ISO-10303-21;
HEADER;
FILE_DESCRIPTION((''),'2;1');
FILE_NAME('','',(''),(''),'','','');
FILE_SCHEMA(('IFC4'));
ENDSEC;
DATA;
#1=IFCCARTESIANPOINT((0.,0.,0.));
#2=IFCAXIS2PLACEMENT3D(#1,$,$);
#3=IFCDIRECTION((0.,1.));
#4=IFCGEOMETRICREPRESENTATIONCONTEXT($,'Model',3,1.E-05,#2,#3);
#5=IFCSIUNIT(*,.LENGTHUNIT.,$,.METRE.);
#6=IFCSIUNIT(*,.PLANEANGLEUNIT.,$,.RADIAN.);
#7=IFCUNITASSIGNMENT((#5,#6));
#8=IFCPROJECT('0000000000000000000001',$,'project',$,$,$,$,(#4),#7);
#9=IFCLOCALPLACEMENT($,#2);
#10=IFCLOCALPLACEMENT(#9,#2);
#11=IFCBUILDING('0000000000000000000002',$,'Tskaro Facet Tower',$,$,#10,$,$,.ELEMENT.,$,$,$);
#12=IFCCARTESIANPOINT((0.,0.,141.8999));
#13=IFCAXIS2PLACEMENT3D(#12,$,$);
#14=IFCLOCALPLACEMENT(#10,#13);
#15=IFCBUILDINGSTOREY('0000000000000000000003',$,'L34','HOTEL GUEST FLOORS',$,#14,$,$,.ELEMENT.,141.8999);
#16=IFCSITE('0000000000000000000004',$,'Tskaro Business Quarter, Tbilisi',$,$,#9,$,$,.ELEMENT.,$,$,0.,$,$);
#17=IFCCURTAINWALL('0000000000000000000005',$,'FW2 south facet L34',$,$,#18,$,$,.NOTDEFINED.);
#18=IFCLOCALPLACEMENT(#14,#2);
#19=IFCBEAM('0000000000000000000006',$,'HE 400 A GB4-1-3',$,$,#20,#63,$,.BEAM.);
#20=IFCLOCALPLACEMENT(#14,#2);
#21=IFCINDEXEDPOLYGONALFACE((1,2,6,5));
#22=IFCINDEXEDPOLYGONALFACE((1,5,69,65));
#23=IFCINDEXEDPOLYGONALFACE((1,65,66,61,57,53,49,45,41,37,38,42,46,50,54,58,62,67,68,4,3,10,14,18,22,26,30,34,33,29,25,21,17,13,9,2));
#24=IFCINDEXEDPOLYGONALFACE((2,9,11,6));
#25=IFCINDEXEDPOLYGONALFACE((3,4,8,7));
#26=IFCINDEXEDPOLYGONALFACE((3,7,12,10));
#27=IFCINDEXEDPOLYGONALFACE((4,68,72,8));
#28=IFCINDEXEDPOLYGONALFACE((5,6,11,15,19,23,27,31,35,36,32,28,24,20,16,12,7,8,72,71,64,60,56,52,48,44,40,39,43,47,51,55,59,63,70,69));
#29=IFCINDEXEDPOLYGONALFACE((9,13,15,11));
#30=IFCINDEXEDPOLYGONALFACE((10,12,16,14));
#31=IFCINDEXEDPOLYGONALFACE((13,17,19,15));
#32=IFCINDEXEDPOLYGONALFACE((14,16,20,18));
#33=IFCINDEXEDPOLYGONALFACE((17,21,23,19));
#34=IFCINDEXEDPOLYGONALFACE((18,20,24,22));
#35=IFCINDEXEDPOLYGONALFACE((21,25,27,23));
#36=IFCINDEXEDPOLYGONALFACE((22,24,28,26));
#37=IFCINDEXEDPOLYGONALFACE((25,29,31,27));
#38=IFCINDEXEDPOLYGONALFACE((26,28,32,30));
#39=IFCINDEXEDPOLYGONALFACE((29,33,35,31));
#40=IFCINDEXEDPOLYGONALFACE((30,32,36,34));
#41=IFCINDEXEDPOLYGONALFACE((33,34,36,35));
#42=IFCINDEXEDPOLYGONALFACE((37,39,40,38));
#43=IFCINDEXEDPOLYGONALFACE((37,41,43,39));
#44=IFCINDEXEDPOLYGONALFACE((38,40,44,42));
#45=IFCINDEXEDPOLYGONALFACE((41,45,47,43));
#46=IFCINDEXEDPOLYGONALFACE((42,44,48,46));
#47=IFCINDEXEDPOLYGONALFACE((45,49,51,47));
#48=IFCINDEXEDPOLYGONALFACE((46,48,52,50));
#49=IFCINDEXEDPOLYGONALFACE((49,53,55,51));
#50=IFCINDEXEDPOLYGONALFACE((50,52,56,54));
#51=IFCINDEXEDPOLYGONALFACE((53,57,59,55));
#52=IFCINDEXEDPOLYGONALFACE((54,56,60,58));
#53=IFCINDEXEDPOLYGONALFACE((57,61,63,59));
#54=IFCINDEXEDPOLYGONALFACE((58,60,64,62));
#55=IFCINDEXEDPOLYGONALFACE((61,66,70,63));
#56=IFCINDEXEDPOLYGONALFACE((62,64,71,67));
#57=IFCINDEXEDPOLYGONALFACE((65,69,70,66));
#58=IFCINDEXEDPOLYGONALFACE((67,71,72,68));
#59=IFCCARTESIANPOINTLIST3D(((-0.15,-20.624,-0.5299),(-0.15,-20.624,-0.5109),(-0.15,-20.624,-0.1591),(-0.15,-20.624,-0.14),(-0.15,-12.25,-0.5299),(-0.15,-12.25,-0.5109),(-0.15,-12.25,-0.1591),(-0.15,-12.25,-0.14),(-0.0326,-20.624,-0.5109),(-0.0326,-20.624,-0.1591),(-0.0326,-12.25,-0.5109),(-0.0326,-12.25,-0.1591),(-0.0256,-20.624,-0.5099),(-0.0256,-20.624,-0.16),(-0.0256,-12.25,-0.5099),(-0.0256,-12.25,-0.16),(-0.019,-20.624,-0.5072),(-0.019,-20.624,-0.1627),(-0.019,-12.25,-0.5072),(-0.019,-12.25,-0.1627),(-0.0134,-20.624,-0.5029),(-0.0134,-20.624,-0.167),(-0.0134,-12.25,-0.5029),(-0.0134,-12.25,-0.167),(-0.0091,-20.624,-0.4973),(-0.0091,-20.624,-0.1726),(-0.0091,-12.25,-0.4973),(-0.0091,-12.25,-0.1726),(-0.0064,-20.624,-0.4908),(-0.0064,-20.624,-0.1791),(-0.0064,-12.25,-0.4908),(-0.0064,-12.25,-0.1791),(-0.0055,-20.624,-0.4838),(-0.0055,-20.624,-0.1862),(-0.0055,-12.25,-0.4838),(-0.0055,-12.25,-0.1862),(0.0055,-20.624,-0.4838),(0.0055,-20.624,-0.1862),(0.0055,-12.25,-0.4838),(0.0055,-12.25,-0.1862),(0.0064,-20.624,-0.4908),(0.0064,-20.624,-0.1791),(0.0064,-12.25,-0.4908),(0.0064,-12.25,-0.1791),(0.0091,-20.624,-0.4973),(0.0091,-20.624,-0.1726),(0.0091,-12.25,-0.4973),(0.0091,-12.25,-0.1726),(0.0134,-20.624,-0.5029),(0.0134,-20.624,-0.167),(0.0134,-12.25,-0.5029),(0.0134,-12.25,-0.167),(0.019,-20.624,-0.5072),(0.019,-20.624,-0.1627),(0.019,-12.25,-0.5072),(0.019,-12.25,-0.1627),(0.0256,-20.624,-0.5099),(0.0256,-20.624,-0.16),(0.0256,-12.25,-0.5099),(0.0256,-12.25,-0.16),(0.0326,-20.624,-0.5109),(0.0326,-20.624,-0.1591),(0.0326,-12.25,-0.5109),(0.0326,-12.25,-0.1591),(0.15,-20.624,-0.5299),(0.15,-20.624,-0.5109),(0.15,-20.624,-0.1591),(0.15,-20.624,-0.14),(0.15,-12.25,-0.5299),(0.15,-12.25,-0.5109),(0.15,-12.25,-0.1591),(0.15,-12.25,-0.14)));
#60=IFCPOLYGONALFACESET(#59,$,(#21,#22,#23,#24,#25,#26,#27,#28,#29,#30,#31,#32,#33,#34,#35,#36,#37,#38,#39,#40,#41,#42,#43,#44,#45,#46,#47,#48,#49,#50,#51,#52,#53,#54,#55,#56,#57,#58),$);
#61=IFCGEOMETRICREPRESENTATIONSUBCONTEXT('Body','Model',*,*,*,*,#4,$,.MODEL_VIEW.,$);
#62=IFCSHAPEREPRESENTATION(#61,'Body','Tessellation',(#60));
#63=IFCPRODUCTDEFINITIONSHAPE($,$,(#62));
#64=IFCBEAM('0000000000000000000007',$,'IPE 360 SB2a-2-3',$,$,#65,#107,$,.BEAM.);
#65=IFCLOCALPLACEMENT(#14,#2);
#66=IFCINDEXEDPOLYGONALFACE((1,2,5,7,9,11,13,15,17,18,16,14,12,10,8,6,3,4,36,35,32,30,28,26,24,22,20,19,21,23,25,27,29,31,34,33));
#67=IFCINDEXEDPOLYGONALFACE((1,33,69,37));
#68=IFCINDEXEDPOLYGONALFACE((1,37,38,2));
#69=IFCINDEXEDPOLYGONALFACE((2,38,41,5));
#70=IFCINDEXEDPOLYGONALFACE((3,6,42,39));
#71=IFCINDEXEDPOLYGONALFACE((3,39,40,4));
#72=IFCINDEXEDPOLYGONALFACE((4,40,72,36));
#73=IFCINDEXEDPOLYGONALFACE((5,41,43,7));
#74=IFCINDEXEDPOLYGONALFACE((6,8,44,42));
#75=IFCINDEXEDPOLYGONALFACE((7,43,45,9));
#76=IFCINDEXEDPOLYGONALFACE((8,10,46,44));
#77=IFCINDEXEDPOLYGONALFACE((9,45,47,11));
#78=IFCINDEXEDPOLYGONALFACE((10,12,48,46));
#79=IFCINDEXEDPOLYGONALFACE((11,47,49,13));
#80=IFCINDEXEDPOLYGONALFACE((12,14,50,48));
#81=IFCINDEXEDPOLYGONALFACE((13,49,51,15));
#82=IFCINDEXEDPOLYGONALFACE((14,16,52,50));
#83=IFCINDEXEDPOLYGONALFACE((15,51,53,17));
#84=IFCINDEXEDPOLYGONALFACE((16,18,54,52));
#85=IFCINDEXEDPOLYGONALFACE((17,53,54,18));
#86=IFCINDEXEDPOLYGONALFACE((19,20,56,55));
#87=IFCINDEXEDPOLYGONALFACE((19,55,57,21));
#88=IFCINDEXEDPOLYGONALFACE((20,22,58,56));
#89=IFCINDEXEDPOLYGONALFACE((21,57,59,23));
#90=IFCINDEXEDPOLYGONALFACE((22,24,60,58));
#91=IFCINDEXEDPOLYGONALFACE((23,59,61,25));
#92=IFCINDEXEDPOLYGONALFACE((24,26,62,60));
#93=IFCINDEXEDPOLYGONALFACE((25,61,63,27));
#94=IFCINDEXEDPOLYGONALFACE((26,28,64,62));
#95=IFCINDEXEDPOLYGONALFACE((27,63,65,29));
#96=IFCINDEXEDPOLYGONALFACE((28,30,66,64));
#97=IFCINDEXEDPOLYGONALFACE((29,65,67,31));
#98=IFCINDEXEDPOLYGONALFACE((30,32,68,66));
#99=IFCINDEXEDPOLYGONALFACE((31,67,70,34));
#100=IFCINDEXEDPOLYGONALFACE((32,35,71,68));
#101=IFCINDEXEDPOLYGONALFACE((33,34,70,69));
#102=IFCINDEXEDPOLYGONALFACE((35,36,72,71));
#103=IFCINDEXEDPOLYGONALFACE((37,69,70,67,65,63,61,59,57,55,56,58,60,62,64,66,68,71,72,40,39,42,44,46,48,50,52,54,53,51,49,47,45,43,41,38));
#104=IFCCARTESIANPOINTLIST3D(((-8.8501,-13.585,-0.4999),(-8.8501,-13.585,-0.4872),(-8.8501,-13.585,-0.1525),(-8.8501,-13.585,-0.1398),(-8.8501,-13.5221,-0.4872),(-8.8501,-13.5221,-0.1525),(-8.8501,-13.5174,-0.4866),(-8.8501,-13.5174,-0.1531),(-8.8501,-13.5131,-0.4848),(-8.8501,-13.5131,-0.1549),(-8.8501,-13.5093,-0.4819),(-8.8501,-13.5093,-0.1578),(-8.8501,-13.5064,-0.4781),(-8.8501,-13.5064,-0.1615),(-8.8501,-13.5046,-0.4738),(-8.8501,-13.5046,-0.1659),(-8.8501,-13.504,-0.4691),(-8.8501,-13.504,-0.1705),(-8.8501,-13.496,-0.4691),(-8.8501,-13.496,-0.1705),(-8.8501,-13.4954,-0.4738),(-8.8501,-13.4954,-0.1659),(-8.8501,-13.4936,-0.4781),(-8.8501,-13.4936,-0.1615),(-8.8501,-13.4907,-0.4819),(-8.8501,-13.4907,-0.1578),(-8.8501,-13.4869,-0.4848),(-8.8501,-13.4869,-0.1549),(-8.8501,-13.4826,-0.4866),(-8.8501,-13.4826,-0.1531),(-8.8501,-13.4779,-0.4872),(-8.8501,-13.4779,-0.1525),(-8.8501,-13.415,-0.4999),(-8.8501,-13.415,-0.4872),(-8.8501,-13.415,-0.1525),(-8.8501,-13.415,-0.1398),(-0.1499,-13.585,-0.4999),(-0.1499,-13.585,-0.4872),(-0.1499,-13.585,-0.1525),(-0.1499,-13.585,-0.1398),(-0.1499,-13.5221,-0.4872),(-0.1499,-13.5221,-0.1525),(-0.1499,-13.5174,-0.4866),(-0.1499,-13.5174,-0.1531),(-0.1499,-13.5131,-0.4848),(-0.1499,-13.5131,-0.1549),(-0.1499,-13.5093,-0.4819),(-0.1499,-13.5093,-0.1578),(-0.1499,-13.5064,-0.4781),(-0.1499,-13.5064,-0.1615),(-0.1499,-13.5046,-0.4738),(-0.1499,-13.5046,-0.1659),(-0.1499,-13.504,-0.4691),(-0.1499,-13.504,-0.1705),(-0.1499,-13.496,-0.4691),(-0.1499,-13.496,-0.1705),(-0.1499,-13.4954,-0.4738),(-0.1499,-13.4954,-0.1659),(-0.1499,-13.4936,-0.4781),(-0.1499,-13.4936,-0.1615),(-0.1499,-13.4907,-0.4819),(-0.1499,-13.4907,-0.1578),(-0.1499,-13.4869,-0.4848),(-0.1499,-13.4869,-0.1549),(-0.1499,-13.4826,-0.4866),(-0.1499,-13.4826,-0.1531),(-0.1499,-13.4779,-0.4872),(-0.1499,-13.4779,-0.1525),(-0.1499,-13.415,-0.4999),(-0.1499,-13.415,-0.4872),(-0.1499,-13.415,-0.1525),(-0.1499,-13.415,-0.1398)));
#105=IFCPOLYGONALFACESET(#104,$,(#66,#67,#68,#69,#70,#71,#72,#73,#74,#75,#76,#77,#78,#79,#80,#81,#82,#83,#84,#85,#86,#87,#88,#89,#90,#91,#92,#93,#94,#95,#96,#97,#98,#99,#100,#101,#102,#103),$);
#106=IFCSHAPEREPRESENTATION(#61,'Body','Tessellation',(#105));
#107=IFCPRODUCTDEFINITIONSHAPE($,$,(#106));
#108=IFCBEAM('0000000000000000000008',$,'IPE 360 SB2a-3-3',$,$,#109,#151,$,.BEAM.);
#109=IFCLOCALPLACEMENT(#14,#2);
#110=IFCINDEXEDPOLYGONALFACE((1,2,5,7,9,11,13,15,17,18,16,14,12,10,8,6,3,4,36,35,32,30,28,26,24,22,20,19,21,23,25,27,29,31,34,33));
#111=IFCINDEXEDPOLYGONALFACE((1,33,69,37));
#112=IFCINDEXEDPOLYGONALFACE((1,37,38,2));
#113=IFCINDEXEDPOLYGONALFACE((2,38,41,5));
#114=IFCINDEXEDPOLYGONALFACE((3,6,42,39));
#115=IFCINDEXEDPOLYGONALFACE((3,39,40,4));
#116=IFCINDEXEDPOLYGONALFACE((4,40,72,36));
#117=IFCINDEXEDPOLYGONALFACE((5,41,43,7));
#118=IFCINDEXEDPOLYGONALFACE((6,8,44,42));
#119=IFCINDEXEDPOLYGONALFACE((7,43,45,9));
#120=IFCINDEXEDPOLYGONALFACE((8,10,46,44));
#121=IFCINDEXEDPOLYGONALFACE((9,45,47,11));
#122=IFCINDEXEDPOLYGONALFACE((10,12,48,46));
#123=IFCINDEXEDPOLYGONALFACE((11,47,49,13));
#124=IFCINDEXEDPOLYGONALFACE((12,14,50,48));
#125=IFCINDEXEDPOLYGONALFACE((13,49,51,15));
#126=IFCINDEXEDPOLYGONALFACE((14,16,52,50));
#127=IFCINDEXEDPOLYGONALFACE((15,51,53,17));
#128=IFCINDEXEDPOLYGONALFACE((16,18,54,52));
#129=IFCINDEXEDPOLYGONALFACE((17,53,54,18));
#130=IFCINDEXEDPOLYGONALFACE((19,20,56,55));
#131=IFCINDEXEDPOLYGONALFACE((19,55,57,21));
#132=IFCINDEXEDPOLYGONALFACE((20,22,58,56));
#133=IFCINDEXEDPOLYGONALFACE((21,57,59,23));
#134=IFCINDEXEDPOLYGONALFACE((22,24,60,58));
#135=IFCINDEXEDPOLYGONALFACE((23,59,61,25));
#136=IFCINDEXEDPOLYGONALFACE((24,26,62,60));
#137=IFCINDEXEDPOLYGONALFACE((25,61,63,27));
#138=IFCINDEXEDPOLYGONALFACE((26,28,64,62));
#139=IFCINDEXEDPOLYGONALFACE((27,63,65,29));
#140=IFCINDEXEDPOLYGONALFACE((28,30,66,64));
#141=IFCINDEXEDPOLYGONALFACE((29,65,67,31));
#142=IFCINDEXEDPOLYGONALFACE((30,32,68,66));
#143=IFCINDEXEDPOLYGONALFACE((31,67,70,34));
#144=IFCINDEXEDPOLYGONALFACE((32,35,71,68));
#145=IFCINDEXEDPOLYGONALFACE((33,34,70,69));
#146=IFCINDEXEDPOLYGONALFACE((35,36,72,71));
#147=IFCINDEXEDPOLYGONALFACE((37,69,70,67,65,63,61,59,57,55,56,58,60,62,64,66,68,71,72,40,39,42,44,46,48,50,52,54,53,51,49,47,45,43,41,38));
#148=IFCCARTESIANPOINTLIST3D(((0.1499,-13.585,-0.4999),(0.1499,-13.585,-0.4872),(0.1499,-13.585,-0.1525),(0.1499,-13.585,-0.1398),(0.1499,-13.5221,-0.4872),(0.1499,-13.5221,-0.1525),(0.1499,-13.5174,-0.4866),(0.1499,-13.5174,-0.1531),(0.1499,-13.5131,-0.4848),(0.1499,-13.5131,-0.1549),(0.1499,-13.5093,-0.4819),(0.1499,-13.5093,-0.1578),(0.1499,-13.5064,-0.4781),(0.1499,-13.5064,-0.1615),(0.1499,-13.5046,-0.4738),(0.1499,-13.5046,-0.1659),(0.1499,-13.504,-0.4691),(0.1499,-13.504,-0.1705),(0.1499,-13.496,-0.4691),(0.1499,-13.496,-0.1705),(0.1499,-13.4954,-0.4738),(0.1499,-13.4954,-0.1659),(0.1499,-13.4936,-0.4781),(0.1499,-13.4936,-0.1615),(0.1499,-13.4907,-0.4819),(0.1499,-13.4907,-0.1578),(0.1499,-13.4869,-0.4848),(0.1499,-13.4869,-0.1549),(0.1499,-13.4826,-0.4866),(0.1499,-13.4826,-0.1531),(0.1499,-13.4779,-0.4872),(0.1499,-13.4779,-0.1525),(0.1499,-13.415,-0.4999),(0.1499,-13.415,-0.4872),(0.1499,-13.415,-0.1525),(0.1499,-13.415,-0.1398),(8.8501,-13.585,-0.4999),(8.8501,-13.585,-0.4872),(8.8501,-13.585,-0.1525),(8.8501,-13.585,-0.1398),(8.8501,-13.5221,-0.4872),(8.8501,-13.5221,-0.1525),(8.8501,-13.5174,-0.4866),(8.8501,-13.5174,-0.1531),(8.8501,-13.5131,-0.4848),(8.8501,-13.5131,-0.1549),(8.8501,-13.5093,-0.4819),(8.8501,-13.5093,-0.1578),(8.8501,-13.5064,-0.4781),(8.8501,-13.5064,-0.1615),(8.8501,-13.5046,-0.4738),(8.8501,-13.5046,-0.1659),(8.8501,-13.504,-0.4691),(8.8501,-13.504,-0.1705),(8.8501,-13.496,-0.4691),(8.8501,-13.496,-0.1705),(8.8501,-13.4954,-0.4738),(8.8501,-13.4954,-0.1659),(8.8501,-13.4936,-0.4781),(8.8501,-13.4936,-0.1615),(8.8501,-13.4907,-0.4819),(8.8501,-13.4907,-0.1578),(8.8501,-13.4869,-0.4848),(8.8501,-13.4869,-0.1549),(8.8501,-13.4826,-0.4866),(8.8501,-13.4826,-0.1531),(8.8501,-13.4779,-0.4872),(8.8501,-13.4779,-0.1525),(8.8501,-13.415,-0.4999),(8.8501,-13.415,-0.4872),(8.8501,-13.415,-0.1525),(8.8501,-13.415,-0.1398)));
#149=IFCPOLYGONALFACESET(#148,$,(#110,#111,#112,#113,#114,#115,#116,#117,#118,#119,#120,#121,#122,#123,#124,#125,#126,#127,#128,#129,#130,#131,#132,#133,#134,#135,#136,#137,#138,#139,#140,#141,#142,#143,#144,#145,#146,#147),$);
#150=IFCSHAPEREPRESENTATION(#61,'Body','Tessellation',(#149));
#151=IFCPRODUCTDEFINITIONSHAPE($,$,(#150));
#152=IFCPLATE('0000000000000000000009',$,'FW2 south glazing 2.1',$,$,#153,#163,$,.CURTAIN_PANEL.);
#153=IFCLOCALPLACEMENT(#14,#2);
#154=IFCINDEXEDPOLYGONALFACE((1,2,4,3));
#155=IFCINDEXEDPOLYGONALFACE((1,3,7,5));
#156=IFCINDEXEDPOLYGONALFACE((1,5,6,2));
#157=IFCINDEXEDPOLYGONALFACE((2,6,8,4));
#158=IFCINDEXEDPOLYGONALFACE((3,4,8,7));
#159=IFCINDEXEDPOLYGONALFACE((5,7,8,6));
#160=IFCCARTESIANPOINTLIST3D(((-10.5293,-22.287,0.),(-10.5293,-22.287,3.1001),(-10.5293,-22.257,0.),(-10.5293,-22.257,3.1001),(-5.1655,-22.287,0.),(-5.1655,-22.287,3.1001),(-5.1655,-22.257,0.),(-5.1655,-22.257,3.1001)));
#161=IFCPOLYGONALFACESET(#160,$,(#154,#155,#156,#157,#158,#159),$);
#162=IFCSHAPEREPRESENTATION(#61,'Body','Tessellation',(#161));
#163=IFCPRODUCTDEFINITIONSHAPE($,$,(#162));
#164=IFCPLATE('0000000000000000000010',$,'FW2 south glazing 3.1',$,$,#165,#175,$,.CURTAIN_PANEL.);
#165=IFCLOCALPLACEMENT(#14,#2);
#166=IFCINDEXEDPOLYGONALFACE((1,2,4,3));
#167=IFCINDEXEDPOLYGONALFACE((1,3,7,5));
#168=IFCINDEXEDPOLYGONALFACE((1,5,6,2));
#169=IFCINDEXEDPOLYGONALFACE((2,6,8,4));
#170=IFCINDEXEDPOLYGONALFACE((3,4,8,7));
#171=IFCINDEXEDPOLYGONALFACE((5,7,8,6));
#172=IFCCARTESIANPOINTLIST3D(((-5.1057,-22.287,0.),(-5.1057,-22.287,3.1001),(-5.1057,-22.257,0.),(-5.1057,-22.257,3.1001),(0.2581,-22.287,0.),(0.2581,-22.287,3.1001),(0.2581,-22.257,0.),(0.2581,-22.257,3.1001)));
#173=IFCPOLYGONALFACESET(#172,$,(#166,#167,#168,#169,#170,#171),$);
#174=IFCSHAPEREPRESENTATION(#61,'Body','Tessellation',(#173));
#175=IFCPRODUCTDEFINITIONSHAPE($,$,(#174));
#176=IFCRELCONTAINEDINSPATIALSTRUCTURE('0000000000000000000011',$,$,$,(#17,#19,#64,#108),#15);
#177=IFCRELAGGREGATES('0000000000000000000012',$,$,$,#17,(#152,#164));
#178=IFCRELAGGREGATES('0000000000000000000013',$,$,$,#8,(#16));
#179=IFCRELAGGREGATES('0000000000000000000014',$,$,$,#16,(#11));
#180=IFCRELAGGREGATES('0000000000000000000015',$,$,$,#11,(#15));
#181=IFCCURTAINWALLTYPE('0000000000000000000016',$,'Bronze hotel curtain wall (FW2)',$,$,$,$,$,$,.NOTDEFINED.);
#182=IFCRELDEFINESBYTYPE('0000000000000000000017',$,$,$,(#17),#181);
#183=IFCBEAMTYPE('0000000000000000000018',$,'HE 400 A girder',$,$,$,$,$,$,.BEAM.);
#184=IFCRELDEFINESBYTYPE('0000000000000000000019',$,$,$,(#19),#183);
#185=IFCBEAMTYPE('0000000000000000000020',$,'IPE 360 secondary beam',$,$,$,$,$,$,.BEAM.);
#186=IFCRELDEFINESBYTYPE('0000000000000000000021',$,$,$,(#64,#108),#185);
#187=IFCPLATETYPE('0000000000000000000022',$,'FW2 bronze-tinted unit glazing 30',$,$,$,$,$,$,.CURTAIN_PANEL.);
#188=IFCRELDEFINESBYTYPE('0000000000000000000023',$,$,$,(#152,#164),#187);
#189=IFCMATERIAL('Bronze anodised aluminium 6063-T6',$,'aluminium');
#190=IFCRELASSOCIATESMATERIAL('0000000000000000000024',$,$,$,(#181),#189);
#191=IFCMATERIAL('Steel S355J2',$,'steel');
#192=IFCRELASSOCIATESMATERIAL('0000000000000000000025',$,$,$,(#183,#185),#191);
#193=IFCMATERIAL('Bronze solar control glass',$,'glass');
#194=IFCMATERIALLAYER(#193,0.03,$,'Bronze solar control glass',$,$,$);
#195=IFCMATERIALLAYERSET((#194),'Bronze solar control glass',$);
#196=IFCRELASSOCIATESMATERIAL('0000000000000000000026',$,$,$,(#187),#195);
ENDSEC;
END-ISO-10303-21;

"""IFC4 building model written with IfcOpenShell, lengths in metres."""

from ifc_helpers import new_model, si_unit, direction, frame, origin, origin_2d, place, context, subcontext, project, spatial, rectangle, i_section, extrude, material, layer, layer_set, material_profile, profile_set, type_object, element, aggregate, save


model = new_model("IFC4")

# Units and contexts
model_context = context("Model", 3, precision=1e-05, world=origin(), true_north=direction((0.0, 1.0)))
body_context = subcontext(model_context, "Body", "Model", "MODEL_VIEW")
ifc_project = project(units=[si_unit("LENGTHUNIT", "METRE"), si_unit("PLANEANGLEUNIT", "RADIAN")], contexts=[model_context])

# Site, building, storey
site_placement = place(None, origin())
site = spatial("IfcSite", under=ifc_project, at=site_placement, Name="Tskaro Business Quarter, Tbilisi", CompositionType="ELEMENT", RefElevation=0.0)
building_placement = place(site_placement, origin())
building = spatial("IfcBuilding", under=site, at=building_placement, Name="Tskaro Facet Tower", CompositionType="ELEMENT")
storey_placement = place(building_placement, frame((0.0, 0.0, 141.8999)))
storey = spatial("IfcBuildingStorey", under=building, at=storey_placement, Name="L34", Description="HOTEL GUEST FLOORS", CompositionType="ELEMENT", Elevation=141.8999)

# Curtain wall
ifc_material_1 = material(Name="Bronze anodised aluminium 6063-T6", Category="aluminium")
curtain_wall_type = type_object("IfcCurtainWallType", Name="Bronze hotel curtain wall (FW2)", PredefinedType="NOTDEFINED", material=ifc_material_1)
curtain_wall_placement = place(storey_placement, origin())
curtain_wall = element("IfcCurtainWall", 1, at=curtain_wall_placement, inside=storey, type_object=curtain_wall_type, Name="FW2 south facet L34", PredefinedType="NOTDEFINED")

# Beams
ifc_material_2 = material(Name="Steel S355J2", Category="steel")
ifc_material_profile_1 = material_profile(ifc_material_2, i_section(OverallWidth=0.3, OverallDepth=0.3899, WebThickness=0.011, FlangeThickness=0.019, FilletRadius=0.0271, at=origin_2d()), Name="HE 400 A")
ifc_profile_set_1 = profile_set([ifc_material_profile_1], Name="Steel S355J2")
beam_type_1 = type_object("IfcBeamType", Name="HE 400 A girder", PredefinedType="BEAM", material=ifc_profile_set_1)
for number, where, z_axis, x_axis, name in (
    (2, (0.0, -20.624, -0.335), (0.0, 1.0, 0.0), (-1.0, 0.0, 0.0), "HE 400 A GB4-1-3"),
):
    element("IfcBeam", number, at=place(storey_placement, frame(where, z_axis=z_axis, x_axis=x_axis)), inside=storey, type_object=beam_type_1, Name=name, PredefinedType="BEAM", context=body_context, shape_type="SweptSolid", body=[
        extrude(i_section(OverallWidth=0.3, OverallDepth=0.3899, WebThickness=0.011, FlangeThickness=0.019, FilletRadius=0.0271, at=origin_2d()), origin(), (0.0, 0.0, 1.0), 8.374),
    ])
ifc_material_profile_2 = material_profile(ifc_material_2, i_section(OverallWidth=0.1699, OverallDepth=0.3601, WebThickness=0.0081, FlangeThickness=0.0127, FilletRadius=0.0181, at=origin_2d()), Name="IPE 360")
ifc_profile_set_2 = profile_set([ifc_material_profile_2], Name="Steel S355J2")
beam_type_2 = type_object("IfcBeamType", Name="IPE 360 secondary beam", PredefinedType="BEAM", material=ifc_profile_set_2)
for number, where, z_axis, x_axis, name in (
    (3, (-8.8501, -13.5, -0.3198), (1.0, 0.0, 0.0), (0.0, 1.0, 0.0), "IPE 360 SB2a-2-3"),
    (4, (0.1499, -13.5, -0.3198), (1.0, 0.0, 0.0), (0.0, 1.0, 0.0), "IPE 360 SB2a-3-3"),
):
    element("IfcBeam", number, at=place(storey_placement, frame(where, z_axis=z_axis, x_axis=x_axis)), inside=storey, type_object=beam_type_2, Name=name, PredefinedType="BEAM", context=body_context, shape_type="SweptSolid", body=[
        extrude(i_section(OverallWidth=0.1699, OverallDepth=0.3601, WebThickness=0.0081, FlangeThickness=0.0127, FilletRadius=0.0181, at=origin_2d()), origin(), (0.0, 0.0, 1.0), 8.7002),
    ])

# Plates
ifc_material_3 = material(Name="Bronze solar control glass", Category="glass")
ifc_layer_1 = layer(ifc_material_3, 0.03, Name="Bronze solar control glass")
ifc_layer_set_1 = layer_set([ifc_layer_1], Name="Bronze solar control glass")
plate_type = type_object("IfcPlateType", Name="FW2 bronze-tinted unit glazing 30", PredefinedType="CURTAIN_PANEL", material=ifc_layer_set_1)
plate_1_placement = place(storey_placement, frame((-7.8474, -22.272, 0.0), z_axis=(0.0, 0.0, 1.0), x_axis=(1.0, 0.0, 0.0)))
plate_1 = element("IfcPlate", 5, at=plate_1_placement, type_object=plate_type, Name="FW2 south glazing 2.1", PredefinedType="CURTAIN_PANEL", context=body_context, shape_type="SweptSolid", body=[
    extrude(rectangle(XDim=5.3638, YDim=0.03, at=origin_2d()), origin(), (0.0, 0.0, 1.0), 3.1001),
])
plate_2_placement = place(storey_placement, frame((-2.4238, -22.272, 0.0), z_axis=(0.0, 0.0, 1.0), x_axis=(1.0, 0.0, 0.0)))
plate_2 = element("IfcPlate", 6, at=plate_2_placement, type_object=plate_type, Name="FW2 south glazing 3.1", PredefinedType="CURTAIN_PANEL", context=body_context, shape_type="SweptSolid", body=[
    extrude(rectangle(XDim=5.3638, YDim=0.03, at=origin_2d()), origin(), (0.0, 0.0, 1.0), 3.1001),
])
aggregate(curtain_wall, [plate_1, plate_2])

save(model, "model.ifc")
